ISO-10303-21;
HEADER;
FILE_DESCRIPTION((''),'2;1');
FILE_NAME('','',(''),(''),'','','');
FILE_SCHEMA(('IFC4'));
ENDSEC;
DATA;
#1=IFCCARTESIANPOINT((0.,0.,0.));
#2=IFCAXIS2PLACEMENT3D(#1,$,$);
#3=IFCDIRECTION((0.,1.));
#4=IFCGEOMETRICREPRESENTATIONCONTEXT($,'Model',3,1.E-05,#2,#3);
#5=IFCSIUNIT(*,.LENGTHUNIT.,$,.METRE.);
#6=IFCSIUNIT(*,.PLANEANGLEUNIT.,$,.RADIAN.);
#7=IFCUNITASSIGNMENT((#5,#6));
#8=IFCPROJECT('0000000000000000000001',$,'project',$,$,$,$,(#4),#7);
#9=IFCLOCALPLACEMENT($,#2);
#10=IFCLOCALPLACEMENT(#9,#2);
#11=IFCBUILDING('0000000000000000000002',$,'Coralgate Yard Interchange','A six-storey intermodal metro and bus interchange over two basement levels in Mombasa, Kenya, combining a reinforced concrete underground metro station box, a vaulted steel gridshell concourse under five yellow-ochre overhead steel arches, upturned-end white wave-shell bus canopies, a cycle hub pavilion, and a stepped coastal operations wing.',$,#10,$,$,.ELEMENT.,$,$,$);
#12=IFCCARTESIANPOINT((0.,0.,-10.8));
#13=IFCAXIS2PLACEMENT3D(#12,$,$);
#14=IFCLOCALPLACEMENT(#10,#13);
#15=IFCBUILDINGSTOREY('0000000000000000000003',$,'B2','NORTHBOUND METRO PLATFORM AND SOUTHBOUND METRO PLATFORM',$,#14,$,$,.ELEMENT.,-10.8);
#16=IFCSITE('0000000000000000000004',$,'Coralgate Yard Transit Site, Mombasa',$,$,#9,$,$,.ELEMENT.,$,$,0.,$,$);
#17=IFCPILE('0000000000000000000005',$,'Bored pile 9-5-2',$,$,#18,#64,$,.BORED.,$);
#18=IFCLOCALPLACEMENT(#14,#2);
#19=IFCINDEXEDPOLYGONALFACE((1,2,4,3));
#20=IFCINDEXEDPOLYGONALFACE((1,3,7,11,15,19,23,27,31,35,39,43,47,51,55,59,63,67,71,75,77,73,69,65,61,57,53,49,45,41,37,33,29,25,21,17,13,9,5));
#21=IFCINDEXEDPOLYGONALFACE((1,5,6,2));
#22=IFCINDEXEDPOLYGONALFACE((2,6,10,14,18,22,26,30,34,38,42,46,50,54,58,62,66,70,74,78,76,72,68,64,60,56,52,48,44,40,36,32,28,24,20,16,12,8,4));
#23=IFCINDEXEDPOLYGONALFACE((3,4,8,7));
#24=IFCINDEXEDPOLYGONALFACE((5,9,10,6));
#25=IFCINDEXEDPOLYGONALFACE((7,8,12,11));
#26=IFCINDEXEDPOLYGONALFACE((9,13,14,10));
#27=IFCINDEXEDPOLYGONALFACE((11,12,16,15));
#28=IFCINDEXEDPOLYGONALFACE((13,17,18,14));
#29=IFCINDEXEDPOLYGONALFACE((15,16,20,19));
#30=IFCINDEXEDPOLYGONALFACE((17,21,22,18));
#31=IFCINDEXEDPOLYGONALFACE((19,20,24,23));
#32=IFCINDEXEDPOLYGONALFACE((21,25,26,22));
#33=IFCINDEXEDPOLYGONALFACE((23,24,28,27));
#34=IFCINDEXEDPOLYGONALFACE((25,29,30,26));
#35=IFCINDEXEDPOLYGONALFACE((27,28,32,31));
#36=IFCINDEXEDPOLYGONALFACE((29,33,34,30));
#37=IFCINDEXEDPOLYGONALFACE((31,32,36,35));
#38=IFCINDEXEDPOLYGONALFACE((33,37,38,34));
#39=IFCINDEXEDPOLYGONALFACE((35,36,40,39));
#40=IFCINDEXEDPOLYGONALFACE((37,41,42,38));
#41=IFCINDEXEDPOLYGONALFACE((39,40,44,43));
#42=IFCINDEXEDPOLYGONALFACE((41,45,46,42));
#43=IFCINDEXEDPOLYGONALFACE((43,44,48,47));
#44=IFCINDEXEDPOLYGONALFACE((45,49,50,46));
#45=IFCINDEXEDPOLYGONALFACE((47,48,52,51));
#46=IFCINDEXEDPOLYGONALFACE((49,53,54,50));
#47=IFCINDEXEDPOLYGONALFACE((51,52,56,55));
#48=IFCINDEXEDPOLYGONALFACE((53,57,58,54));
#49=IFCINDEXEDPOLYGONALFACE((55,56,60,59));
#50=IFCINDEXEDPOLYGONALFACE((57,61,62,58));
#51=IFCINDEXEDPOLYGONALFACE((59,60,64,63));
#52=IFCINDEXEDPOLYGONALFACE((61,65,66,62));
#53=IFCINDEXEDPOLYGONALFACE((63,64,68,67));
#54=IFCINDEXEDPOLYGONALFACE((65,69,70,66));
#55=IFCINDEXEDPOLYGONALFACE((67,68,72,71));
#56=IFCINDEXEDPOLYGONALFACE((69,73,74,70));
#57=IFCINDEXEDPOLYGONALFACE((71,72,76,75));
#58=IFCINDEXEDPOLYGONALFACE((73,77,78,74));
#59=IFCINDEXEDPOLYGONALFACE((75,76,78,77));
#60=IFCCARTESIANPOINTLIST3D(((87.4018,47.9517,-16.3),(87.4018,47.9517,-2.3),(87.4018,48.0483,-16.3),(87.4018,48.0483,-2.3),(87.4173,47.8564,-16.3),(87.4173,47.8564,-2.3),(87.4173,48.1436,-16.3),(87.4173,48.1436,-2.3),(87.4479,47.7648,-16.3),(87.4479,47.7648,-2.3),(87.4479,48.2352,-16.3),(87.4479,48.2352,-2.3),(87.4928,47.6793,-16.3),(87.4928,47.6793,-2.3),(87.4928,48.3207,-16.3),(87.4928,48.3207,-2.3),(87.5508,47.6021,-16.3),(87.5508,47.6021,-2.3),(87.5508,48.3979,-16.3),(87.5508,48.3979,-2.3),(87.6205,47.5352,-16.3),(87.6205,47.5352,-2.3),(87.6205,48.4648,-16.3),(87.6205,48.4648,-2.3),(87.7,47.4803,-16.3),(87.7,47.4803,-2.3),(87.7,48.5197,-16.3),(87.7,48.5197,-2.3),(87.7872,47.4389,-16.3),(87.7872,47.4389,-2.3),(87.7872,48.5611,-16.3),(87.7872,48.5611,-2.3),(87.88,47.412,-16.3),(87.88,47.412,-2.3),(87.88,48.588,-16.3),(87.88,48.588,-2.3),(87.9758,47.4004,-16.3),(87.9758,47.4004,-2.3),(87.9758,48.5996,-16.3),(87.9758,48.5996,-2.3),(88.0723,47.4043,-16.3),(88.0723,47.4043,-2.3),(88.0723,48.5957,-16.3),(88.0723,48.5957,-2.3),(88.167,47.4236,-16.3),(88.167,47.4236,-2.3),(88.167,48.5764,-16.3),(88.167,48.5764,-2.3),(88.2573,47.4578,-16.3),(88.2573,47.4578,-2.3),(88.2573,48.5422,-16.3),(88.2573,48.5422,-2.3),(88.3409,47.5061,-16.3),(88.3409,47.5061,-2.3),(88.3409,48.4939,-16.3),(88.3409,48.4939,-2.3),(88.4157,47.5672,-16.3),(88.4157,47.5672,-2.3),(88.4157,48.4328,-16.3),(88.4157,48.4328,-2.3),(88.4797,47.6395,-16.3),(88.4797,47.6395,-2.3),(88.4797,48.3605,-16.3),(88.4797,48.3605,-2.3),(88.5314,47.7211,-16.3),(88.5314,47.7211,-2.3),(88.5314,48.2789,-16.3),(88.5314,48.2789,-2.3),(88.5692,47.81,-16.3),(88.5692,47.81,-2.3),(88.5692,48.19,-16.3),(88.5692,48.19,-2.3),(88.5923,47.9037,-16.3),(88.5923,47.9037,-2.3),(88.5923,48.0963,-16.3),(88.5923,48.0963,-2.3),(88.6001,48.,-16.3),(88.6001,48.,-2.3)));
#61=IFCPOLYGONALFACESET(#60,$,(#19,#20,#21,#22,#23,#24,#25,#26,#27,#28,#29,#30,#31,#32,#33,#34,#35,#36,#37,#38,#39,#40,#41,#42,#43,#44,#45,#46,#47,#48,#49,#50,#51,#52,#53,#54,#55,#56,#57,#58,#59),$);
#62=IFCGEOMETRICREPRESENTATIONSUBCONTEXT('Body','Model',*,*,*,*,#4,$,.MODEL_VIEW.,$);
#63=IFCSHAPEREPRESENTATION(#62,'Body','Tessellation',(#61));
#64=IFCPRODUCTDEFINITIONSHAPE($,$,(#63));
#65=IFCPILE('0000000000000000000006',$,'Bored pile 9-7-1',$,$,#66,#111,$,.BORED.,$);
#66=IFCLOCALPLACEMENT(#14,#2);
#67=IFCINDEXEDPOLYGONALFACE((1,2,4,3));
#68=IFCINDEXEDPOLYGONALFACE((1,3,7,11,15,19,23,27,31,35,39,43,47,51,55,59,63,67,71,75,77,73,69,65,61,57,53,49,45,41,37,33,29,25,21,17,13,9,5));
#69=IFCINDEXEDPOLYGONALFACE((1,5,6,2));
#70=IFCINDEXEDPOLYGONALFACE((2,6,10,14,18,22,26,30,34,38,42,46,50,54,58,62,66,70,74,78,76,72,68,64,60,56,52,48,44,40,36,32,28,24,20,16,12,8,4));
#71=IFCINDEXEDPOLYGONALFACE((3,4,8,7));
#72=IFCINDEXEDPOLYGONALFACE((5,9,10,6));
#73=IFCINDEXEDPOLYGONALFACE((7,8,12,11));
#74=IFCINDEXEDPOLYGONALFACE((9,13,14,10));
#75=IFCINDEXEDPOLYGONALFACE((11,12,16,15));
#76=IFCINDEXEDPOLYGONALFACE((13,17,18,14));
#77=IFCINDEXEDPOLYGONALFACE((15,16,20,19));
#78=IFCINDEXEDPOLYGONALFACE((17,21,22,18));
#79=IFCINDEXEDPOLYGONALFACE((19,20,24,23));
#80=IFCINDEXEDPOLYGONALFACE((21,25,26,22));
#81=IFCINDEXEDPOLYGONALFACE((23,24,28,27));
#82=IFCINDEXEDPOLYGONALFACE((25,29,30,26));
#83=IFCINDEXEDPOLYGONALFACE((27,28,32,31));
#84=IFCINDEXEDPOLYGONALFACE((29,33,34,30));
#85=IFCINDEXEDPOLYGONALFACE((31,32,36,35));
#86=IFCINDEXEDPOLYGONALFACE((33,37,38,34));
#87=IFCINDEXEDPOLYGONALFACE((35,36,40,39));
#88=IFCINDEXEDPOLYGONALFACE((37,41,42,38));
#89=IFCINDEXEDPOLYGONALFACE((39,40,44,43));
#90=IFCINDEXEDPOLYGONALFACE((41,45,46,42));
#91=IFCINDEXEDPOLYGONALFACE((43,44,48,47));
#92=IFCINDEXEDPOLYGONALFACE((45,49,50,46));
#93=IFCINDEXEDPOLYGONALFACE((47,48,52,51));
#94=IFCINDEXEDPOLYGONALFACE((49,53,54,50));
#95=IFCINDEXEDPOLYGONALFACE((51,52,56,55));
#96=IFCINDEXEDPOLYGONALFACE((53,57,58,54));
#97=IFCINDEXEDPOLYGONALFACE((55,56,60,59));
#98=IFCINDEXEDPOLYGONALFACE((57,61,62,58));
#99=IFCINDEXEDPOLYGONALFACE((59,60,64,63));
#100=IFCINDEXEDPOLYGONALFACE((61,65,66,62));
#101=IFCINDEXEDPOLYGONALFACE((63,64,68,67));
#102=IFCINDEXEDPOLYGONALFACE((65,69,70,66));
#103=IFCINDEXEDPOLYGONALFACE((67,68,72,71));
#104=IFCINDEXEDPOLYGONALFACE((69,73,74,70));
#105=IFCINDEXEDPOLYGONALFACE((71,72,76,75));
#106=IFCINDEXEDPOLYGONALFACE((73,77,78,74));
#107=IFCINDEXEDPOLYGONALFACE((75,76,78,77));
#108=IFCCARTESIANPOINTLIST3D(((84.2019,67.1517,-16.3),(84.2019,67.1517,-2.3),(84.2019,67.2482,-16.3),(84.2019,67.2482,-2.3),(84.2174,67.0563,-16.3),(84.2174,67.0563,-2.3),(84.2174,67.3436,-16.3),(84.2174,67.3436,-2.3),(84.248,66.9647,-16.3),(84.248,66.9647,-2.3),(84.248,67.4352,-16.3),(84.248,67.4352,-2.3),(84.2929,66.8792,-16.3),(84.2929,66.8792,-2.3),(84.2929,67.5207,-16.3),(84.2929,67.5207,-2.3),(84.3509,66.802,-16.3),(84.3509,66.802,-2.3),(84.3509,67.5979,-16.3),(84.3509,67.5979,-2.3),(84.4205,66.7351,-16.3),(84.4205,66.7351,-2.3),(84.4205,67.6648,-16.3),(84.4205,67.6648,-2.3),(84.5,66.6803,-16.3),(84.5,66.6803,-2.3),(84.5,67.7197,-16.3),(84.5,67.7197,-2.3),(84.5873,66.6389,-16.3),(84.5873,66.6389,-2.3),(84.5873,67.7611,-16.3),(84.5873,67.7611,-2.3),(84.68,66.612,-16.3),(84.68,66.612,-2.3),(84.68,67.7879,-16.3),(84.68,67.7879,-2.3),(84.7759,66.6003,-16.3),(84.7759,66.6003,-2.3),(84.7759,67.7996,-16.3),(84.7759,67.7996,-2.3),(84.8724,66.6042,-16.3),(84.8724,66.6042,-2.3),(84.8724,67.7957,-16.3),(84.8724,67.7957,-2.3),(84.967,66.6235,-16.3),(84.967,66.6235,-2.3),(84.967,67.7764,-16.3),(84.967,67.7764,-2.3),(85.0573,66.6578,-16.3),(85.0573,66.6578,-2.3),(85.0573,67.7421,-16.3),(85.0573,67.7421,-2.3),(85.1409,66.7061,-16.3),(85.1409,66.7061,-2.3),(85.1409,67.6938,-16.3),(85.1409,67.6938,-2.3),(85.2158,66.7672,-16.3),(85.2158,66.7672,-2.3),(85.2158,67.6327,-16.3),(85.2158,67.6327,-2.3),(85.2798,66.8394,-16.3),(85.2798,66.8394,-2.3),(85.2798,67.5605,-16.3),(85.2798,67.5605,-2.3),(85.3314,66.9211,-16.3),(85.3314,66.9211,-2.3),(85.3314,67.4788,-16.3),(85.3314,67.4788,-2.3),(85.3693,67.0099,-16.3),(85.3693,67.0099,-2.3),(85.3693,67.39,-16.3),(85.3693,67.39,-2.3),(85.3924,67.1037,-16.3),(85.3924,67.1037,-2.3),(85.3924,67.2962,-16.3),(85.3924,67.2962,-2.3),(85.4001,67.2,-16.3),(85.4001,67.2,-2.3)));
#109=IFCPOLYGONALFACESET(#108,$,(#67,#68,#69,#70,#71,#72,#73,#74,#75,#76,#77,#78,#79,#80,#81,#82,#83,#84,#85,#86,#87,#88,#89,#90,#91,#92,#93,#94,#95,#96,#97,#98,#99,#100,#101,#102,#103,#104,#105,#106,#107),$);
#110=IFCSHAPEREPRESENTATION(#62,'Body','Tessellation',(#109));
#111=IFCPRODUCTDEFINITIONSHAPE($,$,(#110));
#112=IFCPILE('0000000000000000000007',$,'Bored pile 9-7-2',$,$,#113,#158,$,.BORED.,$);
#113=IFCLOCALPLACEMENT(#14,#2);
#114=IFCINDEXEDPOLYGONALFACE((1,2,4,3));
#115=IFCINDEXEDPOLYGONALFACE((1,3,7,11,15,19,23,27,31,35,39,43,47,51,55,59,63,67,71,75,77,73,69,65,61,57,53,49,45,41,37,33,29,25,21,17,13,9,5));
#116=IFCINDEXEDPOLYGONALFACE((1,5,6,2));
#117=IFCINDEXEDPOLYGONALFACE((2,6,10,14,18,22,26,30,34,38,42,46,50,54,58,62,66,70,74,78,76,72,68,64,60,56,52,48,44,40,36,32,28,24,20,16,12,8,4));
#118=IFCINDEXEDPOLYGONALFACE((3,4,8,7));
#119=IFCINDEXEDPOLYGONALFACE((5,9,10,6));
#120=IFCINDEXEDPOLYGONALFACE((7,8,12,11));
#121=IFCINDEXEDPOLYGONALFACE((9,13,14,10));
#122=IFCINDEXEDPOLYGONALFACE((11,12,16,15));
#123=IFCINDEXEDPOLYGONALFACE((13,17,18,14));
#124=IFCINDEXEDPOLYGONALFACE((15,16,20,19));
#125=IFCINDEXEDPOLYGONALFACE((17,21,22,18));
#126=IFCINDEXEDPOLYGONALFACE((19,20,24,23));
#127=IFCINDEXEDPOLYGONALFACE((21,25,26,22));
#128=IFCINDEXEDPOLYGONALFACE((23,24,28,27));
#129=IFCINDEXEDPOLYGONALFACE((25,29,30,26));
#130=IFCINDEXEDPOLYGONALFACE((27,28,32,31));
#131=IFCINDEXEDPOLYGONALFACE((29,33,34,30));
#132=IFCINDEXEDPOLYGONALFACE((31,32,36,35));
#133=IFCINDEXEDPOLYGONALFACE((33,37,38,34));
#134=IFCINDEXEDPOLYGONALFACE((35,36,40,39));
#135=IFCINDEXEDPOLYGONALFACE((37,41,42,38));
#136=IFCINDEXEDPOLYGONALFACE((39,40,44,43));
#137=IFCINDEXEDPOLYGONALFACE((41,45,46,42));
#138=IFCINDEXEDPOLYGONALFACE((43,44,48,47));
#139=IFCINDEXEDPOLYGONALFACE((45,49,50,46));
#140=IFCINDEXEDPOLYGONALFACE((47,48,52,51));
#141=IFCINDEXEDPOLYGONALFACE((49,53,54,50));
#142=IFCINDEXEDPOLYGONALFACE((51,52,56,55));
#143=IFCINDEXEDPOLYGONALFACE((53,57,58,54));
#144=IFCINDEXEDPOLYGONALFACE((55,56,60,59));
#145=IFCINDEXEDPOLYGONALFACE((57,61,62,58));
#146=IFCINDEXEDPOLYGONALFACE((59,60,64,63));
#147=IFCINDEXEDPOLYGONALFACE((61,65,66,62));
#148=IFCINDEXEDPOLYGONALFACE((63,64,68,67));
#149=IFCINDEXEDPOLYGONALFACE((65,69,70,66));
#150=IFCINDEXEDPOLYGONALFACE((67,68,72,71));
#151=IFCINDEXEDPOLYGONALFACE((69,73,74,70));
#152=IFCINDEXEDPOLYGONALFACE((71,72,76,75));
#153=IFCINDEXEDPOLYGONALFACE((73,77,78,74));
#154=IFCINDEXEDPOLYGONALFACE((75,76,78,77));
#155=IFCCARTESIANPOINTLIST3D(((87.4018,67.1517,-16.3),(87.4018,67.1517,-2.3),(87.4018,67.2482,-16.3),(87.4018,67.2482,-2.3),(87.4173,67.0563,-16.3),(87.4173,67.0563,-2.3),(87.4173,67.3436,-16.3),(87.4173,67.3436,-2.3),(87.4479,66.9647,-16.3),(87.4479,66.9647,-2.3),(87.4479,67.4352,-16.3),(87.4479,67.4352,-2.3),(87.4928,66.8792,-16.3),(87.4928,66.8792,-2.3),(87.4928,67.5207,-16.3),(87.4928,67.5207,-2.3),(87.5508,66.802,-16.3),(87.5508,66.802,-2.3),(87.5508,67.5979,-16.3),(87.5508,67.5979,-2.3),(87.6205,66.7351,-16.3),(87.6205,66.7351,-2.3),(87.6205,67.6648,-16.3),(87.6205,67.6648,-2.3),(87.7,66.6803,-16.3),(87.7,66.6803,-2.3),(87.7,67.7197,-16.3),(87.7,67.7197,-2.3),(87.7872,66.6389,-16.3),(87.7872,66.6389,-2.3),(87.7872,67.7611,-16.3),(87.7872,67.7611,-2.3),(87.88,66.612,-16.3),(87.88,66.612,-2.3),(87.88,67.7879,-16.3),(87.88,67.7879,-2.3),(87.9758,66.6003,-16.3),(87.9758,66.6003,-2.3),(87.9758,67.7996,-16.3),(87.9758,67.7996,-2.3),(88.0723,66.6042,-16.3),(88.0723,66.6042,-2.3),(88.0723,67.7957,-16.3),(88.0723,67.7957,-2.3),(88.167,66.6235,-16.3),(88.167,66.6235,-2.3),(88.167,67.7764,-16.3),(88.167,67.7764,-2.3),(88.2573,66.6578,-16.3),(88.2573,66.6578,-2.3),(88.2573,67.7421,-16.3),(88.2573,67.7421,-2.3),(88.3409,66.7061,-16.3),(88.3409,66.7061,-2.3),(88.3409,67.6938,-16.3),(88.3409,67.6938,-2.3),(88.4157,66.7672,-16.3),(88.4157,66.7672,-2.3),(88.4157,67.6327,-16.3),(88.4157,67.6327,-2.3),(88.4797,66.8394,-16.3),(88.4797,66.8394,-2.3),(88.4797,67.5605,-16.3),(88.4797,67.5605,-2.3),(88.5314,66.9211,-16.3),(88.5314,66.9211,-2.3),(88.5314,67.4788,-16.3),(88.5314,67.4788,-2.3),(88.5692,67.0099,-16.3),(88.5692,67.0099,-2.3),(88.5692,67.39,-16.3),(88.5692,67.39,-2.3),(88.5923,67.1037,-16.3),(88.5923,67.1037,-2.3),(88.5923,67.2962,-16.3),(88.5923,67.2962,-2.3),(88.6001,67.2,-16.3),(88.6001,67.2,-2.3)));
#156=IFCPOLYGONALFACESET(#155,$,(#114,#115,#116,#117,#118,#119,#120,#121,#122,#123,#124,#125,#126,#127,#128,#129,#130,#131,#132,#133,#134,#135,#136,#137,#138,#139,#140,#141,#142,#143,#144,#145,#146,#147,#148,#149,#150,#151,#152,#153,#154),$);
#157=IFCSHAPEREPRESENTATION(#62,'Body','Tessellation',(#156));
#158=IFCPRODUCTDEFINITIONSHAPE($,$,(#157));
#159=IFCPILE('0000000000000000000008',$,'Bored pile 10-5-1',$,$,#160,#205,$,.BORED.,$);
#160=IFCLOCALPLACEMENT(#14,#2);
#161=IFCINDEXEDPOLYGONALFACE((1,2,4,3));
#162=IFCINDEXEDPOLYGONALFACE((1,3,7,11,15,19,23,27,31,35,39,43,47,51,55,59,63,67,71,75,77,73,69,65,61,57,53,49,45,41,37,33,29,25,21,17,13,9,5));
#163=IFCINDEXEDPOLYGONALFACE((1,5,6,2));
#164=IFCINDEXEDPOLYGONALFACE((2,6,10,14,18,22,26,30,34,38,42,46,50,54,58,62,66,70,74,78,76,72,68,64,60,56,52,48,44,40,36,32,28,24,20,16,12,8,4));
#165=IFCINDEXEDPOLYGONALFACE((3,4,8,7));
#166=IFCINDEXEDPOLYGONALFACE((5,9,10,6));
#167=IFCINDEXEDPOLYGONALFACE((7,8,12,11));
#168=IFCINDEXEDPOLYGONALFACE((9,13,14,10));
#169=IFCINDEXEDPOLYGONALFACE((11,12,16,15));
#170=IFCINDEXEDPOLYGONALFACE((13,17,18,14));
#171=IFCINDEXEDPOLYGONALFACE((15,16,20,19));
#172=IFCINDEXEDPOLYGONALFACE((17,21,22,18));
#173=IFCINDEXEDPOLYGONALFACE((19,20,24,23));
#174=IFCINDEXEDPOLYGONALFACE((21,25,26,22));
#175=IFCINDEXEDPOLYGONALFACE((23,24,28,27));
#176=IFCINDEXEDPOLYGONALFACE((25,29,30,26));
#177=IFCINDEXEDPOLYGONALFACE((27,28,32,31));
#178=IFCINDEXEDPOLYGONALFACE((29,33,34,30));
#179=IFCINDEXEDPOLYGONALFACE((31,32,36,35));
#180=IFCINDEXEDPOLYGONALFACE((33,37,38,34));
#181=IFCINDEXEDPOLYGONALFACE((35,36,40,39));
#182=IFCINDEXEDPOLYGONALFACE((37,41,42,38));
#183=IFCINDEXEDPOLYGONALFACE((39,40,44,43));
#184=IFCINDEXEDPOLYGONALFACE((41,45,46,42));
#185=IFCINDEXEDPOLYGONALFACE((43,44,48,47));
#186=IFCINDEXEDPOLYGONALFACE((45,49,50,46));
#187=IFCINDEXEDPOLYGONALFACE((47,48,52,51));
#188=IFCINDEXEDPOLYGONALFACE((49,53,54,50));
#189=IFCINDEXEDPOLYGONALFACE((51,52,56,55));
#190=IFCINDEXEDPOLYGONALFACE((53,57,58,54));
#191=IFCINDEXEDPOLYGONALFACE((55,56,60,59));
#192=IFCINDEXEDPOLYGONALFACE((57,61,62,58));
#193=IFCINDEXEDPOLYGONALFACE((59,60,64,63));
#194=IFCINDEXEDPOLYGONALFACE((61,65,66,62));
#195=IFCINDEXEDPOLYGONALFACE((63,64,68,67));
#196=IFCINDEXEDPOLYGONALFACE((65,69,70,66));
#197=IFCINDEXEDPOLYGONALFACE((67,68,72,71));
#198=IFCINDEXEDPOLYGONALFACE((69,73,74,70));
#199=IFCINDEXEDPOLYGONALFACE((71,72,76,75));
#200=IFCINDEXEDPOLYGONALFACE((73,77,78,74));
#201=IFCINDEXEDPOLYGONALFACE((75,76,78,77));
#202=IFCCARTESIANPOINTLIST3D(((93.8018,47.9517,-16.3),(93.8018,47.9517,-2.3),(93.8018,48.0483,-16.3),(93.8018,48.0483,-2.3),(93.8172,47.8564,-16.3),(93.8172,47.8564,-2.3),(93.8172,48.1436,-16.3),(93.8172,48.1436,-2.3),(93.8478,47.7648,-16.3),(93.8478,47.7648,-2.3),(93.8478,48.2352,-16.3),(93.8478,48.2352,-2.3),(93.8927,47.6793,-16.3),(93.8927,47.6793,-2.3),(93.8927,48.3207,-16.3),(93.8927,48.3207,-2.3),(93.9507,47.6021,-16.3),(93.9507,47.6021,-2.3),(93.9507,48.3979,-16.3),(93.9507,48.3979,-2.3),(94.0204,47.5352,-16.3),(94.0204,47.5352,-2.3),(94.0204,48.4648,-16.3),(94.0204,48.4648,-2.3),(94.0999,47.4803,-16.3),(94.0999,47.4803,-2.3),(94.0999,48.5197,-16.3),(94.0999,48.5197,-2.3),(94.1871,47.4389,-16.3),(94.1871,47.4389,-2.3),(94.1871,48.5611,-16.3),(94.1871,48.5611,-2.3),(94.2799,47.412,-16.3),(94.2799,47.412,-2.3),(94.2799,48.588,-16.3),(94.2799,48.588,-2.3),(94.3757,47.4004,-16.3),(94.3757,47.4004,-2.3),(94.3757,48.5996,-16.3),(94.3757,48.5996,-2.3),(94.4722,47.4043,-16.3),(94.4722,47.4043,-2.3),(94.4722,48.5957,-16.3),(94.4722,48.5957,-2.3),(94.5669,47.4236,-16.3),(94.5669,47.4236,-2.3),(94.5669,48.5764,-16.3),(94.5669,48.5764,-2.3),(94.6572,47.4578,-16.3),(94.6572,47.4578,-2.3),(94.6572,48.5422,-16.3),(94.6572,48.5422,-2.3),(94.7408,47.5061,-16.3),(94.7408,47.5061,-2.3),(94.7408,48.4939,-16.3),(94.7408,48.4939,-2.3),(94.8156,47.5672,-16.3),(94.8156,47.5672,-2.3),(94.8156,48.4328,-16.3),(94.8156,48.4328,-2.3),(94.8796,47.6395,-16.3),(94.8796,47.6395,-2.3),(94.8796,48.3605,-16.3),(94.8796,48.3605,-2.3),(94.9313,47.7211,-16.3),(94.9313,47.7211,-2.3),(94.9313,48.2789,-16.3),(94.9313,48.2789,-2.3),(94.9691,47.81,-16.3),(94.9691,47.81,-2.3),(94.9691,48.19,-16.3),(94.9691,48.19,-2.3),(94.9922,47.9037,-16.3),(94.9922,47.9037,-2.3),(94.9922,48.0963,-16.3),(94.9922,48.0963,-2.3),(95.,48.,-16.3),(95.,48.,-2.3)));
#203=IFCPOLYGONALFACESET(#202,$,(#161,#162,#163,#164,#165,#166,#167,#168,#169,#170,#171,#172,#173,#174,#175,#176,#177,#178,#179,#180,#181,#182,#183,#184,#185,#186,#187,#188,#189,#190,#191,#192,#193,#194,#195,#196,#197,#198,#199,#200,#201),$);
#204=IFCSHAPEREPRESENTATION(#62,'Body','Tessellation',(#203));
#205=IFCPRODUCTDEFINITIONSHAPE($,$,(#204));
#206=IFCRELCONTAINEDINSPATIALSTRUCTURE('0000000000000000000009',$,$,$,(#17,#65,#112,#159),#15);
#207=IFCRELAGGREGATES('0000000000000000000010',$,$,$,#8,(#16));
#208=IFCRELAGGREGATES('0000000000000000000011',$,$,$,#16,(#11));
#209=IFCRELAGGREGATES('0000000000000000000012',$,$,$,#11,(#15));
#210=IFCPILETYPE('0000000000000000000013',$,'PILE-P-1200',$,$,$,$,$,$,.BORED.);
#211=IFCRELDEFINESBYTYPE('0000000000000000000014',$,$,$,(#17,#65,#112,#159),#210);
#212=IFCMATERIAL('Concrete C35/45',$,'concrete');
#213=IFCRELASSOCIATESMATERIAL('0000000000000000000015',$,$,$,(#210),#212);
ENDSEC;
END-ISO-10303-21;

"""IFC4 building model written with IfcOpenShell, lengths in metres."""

from ifc_helpers import new_model, si_unit, direction, frame, origin, origin_2d, place, context, subcontext, project, spatial, circle, extrude, material, material_profile, profile_set, type_object, element, save


model = new_model("IFC4")

# Units and contexts
model_context = context("Model", 3, precision=1e-05, world=origin(), true_north=direction((0.0, 1.0)))
body_context = subcontext(model_context, "Body", "Model", "MODEL_VIEW")
ifc_project = project(units=[si_unit("LENGTHUNIT", "METRE"), si_unit("PLANEANGLEUNIT", "RADIAN")], contexts=[model_context])

# Site, building, storey
site_placement = place(None, origin())
site = spatial("IfcSite", under=ifc_project, at=site_placement, Name="Coralgate Yard Transit Site, Mombasa", CompositionType="ELEMENT", RefElevation=0.0)
building_placement = place(site_placement, origin())
building = spatial("IfcBuilding", under=site, at=building_placement, Name="Coralgate Yard Interchange", Description="A six-storey intermodal metro and bus interchange over two basement levels in Mombasa, Kenya, combining a reinforced concrete underground metro station box, a vaulted steel gridshell concourse under five yellow-ochre overhead steel arches, upturned-end white wave-shell bus canopies, a cycle hub pavilion, and a stepped coastal operations wing.", CompositionType="ELEMENT")
storey_placement = place(building_placement, frame((0.0, 0.0, -10.8)))
storey = spatial("IfcBuildingStorey", under=building, at=storey_placement, Name="B2", Description="NORTHBOUND METRO PLATFORM AND SOUTHBOUND METRO PLATFORM", CompositionType="ELEMENT", Elevation=-10.8)

# Piles
ifc_material_1 = material(Name="Concrete C35/45", Category="concrete")
ifc_material_profile_1 = material_profile(ifc_material_1, circle(Radius=0.6001, at=origin_2d()), Name="BORED PILE D1200")
ifc_profile_set_1 = profile_set([ifc_material_profile_1], Name="Concrete C35/45")
pile_type = type_object("IfcPileType", Name="PILE-P-1200", PredefinedType="BORED", material=ifc_profile_set_1)
for number, where, z_axis, x_axis, name in (
    (1, (88.0, 48.0, -2.3), (0.0, 0.0, -1.0), (1.0, 0.0, 0.0), "Bored pile 9-5-2"),
    (2, (84.8, 67.2, -2.3), (0.0, 0.0, -1.0), (1.0, 0.0, 0.0), "Bored pile 9-7-1"),
    (3, (88.0, 67.2, -2.3), (0.0, 0.0, -1.0), (1.0, 0.0, 0.0), "Bored pile 9-7-2"),
    (4, (94.3999, 48.0, -2.3), (0.0, 0.0, -1.0), (1.0, 0.0, 0.0), "Bored pile 10-5-1"),
):
    element("IfcPile", number, at=place(storey_placement, frame(where, z_axis=z_axis, x_axis=x_axis)), inside=storey, type_object=pile_type, Name=name, PredefinedType="BORED", context=body_context, shape_type="SweptSolid", body=[
        extrude(circle(Radius=0.6001, at=origin_2d()), origin(), (0.0, 0.0, 1.0), 14.0),
    ])

save(model, "model.ifc")
